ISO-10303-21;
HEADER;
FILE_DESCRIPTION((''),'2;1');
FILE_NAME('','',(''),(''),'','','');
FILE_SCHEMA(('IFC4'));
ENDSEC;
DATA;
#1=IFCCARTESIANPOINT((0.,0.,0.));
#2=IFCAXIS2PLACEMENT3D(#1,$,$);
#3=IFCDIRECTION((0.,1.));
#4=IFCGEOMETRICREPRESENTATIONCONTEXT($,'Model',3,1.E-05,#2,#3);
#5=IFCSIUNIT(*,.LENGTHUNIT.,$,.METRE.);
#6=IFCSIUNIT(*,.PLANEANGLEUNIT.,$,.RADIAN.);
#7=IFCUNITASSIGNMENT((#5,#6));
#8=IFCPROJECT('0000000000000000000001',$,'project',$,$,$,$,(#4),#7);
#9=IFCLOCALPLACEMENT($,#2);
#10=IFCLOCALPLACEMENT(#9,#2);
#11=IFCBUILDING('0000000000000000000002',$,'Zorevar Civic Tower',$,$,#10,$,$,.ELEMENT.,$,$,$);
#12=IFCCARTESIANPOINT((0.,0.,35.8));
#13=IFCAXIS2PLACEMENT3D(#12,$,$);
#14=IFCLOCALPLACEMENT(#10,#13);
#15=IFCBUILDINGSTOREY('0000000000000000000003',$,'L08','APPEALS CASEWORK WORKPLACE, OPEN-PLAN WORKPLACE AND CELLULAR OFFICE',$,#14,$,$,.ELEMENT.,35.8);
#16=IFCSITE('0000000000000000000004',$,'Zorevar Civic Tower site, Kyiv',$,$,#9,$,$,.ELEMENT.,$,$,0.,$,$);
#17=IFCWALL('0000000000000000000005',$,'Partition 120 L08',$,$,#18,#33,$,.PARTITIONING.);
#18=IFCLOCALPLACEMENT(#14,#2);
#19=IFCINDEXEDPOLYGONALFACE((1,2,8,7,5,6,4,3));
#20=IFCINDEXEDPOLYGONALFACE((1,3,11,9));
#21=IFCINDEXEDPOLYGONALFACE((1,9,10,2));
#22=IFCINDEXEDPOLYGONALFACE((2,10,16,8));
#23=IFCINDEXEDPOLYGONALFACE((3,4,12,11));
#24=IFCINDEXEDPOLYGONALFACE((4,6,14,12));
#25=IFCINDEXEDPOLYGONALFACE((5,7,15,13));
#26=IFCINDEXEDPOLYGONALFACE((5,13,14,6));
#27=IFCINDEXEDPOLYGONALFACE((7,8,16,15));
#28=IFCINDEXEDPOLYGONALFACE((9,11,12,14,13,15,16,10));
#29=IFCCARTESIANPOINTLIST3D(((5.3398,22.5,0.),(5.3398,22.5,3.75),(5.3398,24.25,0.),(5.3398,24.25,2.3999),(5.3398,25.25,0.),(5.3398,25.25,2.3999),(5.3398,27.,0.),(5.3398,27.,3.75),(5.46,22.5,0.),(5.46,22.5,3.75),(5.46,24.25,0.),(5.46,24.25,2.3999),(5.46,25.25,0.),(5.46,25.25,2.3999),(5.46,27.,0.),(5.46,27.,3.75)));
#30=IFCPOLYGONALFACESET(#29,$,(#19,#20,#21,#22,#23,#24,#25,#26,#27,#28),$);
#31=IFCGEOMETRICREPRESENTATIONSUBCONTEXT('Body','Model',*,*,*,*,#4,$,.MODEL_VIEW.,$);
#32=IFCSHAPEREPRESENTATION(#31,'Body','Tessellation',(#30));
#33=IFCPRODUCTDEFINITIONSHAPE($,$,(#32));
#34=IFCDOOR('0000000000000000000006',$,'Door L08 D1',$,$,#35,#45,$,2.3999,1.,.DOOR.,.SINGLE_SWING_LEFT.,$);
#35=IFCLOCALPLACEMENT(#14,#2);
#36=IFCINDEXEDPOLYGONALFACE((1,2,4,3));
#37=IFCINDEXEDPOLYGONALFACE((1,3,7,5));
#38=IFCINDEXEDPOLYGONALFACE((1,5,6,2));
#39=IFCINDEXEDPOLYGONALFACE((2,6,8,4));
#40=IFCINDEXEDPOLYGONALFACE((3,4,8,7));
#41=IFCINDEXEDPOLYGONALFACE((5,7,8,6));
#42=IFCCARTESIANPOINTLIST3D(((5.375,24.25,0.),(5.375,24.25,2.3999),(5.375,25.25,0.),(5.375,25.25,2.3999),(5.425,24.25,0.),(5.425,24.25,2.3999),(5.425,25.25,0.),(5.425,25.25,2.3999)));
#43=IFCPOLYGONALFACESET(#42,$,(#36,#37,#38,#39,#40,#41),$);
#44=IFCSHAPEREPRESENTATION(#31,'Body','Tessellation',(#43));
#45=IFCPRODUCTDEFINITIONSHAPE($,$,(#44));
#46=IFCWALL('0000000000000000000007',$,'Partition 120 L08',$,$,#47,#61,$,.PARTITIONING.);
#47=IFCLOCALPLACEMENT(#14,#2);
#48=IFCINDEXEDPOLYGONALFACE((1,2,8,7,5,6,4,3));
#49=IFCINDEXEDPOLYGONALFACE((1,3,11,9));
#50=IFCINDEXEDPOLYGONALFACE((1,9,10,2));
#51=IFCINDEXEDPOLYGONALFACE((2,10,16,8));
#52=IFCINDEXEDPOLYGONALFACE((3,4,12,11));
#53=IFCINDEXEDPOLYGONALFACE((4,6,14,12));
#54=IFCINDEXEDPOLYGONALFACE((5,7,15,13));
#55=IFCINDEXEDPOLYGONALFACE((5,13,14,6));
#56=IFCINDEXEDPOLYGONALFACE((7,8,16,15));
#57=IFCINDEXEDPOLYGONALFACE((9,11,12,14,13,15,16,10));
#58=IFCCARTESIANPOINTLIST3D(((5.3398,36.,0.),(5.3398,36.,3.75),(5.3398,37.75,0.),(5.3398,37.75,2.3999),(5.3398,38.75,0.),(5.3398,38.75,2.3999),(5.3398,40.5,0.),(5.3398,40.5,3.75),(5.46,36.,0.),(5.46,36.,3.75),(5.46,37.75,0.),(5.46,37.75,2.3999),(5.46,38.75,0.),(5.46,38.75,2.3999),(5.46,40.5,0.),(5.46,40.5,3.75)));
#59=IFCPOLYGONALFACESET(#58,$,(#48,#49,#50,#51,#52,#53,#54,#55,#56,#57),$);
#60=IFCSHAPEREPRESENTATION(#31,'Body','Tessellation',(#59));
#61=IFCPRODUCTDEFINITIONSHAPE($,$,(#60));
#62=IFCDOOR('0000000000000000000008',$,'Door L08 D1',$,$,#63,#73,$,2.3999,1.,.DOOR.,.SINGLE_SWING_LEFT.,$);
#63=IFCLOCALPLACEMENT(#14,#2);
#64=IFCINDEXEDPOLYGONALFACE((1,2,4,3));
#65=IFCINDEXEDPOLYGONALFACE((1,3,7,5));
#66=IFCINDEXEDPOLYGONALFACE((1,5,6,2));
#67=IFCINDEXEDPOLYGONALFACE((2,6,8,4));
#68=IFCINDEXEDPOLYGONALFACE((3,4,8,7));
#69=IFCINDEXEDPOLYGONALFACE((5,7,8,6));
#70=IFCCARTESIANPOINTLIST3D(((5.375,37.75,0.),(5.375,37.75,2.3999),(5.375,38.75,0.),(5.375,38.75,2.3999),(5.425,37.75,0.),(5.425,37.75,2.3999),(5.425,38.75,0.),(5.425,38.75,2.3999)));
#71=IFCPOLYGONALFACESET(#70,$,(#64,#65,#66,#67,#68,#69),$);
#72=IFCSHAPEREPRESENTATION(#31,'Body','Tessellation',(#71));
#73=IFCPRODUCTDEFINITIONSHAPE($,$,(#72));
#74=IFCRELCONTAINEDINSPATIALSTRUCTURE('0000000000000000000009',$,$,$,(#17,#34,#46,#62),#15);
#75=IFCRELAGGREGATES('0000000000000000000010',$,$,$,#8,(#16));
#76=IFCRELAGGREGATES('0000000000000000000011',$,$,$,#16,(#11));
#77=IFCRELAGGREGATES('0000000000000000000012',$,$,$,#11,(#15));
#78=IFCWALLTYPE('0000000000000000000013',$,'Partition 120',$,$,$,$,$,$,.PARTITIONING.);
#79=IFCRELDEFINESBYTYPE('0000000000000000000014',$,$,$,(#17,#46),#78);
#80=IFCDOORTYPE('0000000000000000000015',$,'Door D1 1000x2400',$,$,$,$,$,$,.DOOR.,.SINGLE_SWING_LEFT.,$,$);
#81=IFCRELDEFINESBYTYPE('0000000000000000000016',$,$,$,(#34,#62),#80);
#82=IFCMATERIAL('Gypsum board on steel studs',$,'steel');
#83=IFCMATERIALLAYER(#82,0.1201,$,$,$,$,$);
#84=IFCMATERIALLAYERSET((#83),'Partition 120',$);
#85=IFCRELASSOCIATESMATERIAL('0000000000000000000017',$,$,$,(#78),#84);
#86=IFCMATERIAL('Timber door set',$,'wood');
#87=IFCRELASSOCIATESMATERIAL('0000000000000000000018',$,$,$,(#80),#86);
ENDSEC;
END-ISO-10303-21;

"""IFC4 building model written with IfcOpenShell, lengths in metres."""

from ifc_helpers import new_model, si_unit, direction, frame, frame_2d, origin, place, context, subcontext, project, spatial, rectangle, extrude, material, layer, layer_set, type_object, element, fill, save


model = new_model("IFC4")

# Units and contexts
model_context = context("Model", 3, precision=1e-05, world=origin(), true_north=direction((0.0, 1.0)))
body_context = subcontext(model_context, "Body", "Model", "MODEL_VIEW")
ifc_project = project(units=[si_unit("LENGTHUNIT", "METRE"), si_unit("PLANEANGLEUNIT", "RADIAN")], contexts=[model_context])

# Site, building, storey
site_placement = place(None, origin())
site = spatial("IfcSite", under=ifc_project, at=site_placement, Name="Zorevar Civic Tower site, Kyiv", CompositionType="ELEMENT", RefElevation=0.0)
building_placement = place(site_placement, origin())
building = spatial("IfcBuilding", under=site, at=building_placement, Name="Zorevar Civic Tower", CompositionType="ELEMENT")
storey_placement = place(building_placement, frame((0.0, 0.0, 35.8)))
storey = spatial("IfcBuildingStorey", under=building, at=storey_placement, Name="L08", Description="APPEALS CASEWORK WORKPLACE, OPEN-PLAN WORKPLACE AND CELLULAR OFFICE", CompositionType="ELEMENT", Elevation=35.8)

# Walls, openings, doors
ifc_material_1 = material(Name="Gypsum board on steel studs", Category="steel")
ifc_layer_1 = layer(ifc_material_1, 0.1201)
ifc_layer_set_1 = layer_set([ifc_layer_1], Name="Partition 120")
wall_type_1 = type_object("IfcWallType", Name="Partition 120", PredefinedType="PARTITIONING", material=ifc_layer_set_1)
ifc_material_2 = material(Name="Timber door set", Category="wood")
door_type = type_object("IfcDoorType", Name="Door D1 1000x2400", OperationType="SINGLE_SWING_LEFT", PredefinedType="DOOR", material=ifc_material_2)
wall_1_placement = place(storey_placement, frame((5.3999, 22.5, 0.0), z_axis=(0.0, 0.0, 1.0), x_axis=(0.0, 1.0, 0.0)))
wall_1 = element("IfcWall", 1, at=wall_1_placement, inside=storey, type_object=wall_type_1, Name="Partition 120 L08", PredefinedType="PARTITIONING", context=body_context, shape_type="SweptSolid", body=[
    extrude(rectangle(XDim=4.5, YDim=0.1201, at=frame_2d((2.25, 0.0))), origin(), (0.0, 0.0, 1.0), 3.75),
])
opening_1_placement = place(wall_1_placement, frame((1.75, 0.0, 0.0)))
opening_1 = element("IfcOpeningElement", 2, at=opening_1_placement, cuts=wall_1, PredefinedType="OPENING", context=body_context, shape_type="SweptSolid", body=[
    extrude(rectangle(XDim=1.0, YDim=2.3999, at=frame_2d((0.5, 1.2))), frame((0.0, 0.0701, 0.0), z_axis=(0.0, -1.0, 0.0), x_axis=(1.0, 0.0, 0.0)), (0.0, 0.0, 1.0), 0.1401),
])
door_1_placement = place(opening_1_placement, origin())
door_1 = element("IfcDoor", 3, at=door_1_placement, inside=storey, type_object=door_type, Name="Door L08 D1", OperationType="SINGLE_SWING_LEFT", OverallHeight=2.3999, OverallWidth=1.0, PredefinedType="DOOR", context=body_context, shape_type="SweptSolid", body=[
    extrude(rectangle(XDim=1.0, YDim=2.3999, at=frame_2d((0.5, 1.2))), frame((0.0, 0.0249, 0.0), z_axis=(0.0, -1.0, 0.0), x_axis=(1.0, 0.0, 0.0)), (0.0, 0.0, 1.0), 0.05),
])
fill(opening_1, door_1)
wall_2_placement = place(storey_placement, frame((5.3999, 36.0, 0.0), z_axis=(0.0, 0.0, 1.0), x_axis=(0.0, 1.0, 0.0)))
wall_2 = element("IfcWall", 4, at=wall_2_placement, inside=storey, type_object=wall_type_1, Name="Partition 120 L08", PredefinedType="PARTITIONING", context=body_context, shape_type="SweptSolid", body=[
    extrude(rectangle(XDim=4.5, YDim=0.1201, at=frame_2d((2.25, 0.0))), origin(), (0.0, 0.0, 1.0), 3.75),
])
opening_2_placement = place(wall_2_placement, frame((1.75, 0.0, 0.0)))
opening_2 = element("IfcOpeningElement", 5, at=opening_2_placement, cuts=wall_2, PredefinedType="OPENING", context=body_context, shape_type="SweptSolid", body=[
    extrude(rectangle(XDim=1.0, YDim=2.3999, at=frame_2d((0.5, 1.2))), frame((0.0, 0.0701, 0.0), z_axis=(0.0, -1.0, 0.0), x_axis=(1.0, 0.0, 0.0)), (0.0, 0.0, 1.0), 0.1401),
])
door_2_placement = place(opening_2_placement, origin())
door_2 = element("IfcDoor", 6, at=door_2_placement, inside=storey, type_object=door_type, Name="Door L08 D1", OperationType="SINGLE_SWING_LEFT", OverallHeight=2.3999, OverallWidth=1.0, PredefinedType="DOOR", context=body_context, shape_type="SweptSolid", body=[
    extrude(rectangle(XDim=1.0, YDim=2.3999, at=frame_2d((0.5, 1.2))), frame((0.0, 0.0249, 0.0), z_axis=(0.0, -1.0, 0.0), x_axis=(1.0, 0.0, 0.0)), (0.0, 0.0, 1.0), 0.05),
])
fill(opening_2, door_2)

save(model, "model.ifc")
